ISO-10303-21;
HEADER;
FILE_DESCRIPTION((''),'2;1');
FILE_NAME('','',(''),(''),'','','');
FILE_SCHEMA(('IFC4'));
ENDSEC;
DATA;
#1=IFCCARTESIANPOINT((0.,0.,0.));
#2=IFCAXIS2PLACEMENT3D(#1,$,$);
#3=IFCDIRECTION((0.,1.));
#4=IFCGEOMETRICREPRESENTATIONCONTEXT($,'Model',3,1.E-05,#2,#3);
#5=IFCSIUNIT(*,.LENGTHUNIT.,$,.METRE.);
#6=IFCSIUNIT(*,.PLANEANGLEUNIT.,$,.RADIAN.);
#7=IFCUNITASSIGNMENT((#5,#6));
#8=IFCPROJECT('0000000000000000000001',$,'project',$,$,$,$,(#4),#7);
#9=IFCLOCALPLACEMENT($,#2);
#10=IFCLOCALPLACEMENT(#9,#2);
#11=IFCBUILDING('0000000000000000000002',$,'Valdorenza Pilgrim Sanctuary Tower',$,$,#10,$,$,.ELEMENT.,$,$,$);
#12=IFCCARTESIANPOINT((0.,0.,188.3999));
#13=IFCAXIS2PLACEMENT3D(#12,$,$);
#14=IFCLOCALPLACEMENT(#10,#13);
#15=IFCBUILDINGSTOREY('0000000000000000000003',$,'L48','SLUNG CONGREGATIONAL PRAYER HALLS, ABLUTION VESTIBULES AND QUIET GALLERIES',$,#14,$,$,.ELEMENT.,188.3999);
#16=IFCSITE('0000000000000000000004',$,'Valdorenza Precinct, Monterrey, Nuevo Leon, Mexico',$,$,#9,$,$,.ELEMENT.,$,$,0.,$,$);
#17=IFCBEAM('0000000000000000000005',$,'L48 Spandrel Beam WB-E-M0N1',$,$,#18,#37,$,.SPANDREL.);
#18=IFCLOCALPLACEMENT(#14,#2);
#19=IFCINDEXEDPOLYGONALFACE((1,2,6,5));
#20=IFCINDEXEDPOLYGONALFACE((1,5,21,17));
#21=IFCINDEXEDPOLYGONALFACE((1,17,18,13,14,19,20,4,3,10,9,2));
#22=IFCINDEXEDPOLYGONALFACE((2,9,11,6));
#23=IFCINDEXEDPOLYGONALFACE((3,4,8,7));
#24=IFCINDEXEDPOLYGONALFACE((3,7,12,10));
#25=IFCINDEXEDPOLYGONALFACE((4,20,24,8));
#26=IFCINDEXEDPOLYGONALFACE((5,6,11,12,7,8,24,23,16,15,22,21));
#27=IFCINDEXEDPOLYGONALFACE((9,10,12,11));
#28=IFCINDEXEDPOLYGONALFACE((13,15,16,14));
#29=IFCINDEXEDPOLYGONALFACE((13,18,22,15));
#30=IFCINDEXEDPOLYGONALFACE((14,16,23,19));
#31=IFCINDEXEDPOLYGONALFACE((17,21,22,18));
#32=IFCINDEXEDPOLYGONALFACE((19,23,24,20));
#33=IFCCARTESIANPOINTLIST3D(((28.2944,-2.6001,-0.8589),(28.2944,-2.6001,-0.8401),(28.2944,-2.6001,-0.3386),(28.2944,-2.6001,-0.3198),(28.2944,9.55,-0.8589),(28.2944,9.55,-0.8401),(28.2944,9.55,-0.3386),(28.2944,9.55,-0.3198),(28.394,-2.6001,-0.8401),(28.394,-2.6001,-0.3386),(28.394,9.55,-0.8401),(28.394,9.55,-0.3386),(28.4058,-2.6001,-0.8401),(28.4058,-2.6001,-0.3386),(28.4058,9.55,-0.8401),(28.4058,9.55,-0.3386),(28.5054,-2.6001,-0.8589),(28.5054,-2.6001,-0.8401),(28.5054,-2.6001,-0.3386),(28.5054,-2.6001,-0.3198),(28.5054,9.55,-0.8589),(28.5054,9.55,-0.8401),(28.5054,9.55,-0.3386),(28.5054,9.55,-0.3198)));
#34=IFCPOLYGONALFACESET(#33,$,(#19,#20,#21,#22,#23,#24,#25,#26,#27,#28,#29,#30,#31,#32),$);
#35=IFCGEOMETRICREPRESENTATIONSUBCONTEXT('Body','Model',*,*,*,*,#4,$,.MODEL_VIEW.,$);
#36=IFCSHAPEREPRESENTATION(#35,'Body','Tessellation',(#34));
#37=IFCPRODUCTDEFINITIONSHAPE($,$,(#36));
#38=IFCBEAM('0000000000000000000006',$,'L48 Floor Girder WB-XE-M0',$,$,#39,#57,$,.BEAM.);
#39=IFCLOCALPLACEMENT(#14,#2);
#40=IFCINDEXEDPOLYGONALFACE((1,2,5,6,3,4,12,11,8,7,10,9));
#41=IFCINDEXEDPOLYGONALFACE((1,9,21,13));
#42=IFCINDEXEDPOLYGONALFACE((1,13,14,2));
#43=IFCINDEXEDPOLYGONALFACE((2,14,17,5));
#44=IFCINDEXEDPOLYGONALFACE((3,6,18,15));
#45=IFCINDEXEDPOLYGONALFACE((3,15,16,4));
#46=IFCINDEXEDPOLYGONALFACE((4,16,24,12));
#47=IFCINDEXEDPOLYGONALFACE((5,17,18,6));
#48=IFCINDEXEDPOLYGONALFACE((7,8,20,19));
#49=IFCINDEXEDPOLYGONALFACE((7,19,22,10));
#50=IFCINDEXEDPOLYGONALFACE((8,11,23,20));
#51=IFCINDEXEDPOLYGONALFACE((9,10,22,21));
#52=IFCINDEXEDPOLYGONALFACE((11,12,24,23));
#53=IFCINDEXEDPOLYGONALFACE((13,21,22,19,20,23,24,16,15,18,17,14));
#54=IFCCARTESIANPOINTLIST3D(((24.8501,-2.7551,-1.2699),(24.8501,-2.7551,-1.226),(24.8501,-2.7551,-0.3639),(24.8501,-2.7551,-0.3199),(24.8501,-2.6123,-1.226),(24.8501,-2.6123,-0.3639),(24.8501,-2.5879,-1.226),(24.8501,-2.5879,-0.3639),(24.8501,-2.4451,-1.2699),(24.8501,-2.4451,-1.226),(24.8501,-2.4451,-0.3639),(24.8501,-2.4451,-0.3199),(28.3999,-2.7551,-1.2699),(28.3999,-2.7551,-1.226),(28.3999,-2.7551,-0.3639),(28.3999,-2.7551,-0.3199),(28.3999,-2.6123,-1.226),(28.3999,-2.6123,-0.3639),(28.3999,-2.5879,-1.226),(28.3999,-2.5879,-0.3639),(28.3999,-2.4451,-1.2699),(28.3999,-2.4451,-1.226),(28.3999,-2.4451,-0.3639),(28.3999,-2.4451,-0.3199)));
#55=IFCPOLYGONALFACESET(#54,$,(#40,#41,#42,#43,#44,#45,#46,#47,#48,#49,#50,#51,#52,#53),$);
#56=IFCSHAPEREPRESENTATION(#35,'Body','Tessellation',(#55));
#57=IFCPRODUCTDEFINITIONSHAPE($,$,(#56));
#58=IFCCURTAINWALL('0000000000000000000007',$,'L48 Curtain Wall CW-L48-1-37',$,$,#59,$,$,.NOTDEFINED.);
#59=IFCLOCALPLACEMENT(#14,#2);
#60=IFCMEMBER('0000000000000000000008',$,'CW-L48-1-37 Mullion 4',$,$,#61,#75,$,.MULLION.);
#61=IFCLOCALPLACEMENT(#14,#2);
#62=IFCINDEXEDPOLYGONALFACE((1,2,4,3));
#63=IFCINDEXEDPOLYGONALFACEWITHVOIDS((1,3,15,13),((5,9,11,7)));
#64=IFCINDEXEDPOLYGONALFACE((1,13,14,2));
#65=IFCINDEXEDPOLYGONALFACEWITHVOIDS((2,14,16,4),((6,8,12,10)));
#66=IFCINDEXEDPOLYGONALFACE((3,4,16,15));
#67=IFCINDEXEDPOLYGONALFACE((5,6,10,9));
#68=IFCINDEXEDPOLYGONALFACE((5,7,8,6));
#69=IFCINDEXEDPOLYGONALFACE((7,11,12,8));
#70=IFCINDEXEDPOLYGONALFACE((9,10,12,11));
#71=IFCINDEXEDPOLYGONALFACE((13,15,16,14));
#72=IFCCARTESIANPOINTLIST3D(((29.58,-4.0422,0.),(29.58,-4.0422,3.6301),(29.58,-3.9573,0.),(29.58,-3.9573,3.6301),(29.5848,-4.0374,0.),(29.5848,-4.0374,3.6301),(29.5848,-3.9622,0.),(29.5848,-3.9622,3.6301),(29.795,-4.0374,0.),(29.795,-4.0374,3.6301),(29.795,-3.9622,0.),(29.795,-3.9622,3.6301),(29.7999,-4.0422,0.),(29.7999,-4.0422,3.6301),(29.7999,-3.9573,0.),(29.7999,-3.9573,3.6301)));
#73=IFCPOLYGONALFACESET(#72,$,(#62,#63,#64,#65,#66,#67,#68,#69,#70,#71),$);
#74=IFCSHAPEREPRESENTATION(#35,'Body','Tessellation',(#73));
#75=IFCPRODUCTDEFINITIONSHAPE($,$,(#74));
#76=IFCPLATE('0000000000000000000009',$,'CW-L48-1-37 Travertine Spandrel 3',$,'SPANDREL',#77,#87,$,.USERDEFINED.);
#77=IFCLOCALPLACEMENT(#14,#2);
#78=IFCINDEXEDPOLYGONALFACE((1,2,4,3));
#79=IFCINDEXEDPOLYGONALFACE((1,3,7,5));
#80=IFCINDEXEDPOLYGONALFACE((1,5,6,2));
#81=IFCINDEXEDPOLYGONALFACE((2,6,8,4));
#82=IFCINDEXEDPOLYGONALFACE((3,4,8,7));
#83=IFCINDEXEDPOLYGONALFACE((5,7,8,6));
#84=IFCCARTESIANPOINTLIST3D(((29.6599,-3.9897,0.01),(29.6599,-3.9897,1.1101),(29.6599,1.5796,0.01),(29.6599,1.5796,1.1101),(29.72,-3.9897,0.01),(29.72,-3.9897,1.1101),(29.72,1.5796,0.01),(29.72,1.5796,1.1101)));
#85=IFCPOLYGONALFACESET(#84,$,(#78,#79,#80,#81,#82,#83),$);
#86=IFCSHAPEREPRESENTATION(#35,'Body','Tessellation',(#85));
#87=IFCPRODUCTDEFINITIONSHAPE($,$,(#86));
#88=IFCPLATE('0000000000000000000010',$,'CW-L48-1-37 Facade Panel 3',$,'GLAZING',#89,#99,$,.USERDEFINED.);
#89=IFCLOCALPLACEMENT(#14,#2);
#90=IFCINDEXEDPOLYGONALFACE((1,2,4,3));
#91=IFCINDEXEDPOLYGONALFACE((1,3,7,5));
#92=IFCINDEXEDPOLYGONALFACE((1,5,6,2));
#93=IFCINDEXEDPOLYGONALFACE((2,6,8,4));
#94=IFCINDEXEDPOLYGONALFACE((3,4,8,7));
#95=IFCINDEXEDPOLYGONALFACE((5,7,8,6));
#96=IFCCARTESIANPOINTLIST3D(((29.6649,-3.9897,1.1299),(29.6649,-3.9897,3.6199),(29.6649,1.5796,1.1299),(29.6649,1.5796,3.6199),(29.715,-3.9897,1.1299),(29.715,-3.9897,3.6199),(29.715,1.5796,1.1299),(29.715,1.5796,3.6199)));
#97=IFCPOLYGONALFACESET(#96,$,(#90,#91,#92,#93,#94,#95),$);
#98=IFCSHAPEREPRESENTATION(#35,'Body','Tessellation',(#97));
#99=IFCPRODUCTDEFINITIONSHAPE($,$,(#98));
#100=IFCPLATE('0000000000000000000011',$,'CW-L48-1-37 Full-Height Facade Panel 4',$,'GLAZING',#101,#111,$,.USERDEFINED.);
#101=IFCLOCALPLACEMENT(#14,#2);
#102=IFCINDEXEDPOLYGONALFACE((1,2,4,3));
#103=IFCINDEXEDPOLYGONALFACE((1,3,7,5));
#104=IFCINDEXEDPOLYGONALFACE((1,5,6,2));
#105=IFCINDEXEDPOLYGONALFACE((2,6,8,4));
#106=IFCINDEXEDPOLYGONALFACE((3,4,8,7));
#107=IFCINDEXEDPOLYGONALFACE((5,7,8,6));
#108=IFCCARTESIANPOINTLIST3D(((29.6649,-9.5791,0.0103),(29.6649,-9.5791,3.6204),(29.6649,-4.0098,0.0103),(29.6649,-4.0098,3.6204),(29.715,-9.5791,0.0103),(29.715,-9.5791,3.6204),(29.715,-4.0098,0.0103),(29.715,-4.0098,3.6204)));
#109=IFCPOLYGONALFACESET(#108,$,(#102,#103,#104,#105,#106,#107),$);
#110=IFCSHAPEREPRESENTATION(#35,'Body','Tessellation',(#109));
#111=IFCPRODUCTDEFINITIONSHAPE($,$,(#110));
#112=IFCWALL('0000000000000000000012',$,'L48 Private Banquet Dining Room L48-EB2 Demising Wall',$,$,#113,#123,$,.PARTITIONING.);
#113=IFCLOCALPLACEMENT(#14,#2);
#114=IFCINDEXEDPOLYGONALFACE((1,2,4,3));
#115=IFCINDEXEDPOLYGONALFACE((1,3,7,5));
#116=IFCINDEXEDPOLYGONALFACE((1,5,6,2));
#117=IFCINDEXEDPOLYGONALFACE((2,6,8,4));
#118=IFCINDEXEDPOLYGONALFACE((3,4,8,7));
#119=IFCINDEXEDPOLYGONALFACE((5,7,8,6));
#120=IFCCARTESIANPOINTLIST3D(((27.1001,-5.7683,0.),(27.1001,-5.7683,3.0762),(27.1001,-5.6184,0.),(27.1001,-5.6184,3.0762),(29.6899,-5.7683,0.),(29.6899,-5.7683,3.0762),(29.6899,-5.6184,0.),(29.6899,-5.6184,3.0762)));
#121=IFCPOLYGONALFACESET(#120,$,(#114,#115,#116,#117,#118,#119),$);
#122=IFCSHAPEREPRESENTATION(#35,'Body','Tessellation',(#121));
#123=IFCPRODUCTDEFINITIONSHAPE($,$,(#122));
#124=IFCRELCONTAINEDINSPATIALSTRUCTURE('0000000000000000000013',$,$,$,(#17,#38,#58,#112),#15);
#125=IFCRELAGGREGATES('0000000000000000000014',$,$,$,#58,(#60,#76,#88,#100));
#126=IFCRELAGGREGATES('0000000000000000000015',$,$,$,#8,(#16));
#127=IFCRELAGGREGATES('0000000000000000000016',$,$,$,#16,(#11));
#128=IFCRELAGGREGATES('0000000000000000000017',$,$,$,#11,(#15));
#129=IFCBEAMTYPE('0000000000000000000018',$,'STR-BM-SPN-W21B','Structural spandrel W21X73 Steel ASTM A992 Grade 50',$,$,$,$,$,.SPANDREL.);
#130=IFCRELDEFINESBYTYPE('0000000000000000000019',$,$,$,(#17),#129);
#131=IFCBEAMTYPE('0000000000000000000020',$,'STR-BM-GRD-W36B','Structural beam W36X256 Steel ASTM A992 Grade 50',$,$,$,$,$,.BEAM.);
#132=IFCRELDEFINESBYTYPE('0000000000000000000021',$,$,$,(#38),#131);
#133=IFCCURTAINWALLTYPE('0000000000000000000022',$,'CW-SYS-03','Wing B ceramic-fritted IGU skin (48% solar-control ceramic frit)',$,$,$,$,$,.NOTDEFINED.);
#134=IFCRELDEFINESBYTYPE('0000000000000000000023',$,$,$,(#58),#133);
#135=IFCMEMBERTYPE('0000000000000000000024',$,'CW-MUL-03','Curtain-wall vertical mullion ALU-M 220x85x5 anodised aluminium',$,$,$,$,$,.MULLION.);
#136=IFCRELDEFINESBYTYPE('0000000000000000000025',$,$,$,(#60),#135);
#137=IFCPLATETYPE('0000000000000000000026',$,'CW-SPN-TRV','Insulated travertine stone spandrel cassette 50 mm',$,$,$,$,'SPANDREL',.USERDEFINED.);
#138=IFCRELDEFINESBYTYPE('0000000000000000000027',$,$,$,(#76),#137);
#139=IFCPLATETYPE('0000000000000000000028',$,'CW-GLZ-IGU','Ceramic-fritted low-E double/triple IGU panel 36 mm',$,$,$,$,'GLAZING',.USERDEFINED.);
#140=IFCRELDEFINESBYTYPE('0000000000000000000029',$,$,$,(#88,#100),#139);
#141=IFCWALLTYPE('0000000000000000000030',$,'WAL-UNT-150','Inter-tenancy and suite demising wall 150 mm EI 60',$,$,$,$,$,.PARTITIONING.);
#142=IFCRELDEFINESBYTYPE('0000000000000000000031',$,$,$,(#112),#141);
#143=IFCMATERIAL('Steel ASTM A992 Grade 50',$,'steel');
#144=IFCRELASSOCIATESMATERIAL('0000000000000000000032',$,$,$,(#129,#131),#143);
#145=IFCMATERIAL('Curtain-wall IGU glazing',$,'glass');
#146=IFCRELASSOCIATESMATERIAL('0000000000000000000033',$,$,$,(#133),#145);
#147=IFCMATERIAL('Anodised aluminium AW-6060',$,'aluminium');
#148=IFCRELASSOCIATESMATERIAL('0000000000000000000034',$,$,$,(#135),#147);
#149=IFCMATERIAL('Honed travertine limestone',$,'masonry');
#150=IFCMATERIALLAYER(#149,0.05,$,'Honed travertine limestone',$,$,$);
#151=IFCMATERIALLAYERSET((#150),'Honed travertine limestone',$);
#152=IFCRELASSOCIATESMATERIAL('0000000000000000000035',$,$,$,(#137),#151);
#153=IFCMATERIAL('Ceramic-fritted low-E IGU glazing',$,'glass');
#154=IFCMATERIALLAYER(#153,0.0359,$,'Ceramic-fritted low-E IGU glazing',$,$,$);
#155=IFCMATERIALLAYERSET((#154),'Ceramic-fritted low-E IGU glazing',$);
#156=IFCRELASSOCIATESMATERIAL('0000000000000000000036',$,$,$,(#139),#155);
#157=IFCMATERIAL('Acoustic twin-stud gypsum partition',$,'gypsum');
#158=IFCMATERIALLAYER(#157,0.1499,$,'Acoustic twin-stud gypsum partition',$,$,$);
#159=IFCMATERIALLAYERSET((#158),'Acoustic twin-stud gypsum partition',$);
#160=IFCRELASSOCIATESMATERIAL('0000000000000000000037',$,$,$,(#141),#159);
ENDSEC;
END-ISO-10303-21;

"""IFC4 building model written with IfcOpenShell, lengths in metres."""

from ifc_helpers import new_model, si_unit, direction, frame, frame_2d, origin, origin_2d, place, context, subcontext, project, spatial, rectangle, hollow_rectangle, i_section, extrude, source, transform, mapped, material, layer, layer_set, material_profile, profile_set, type_object, element, aggregate, save


model = new_model("IFC4")

# Units and contexts
model_context = context("Model", 3, precision=1e-05, world=origin(), true_north=direction((0.0, 1.0)))
body_context = subcontext(model_context, "Body", "Model", "MODEL_VIEW")
ifc_project = project(units=[si_unit("LENGTHUNIT", "METRE"), si_unit("PLANEANGLEUNIT", "RADIAN")], contexts=[model_context])

# Site, building, storey
site_placement = place(None, origin())
site = spatial("IfcSite", under=ifc_project, at=site_placement, Name="Valdorenza Precinct, Monterrey, Nuevo Leon, Mexico", CompositionType="ELEMENT", RefElevation=0.0)
building_placement = place(site_placement, origin())
building = spatial("IfcBuilding", under=site, at=building_placement, Name="Valdorenza Pilgrim Sanctuary Tower", CompositionType="ELEMENT")
storey_placement = place(building_placement, frame((0.0, 0.0, 188.3999)))
storey = spatial("IfcBuildingStorey", under=building, at=storey_placement, Name="L48", Description="SLUNG CONGREGATIONAL PRAYER HALLS, ABLUTION VESTIBULES AND QUIET GALLERIES", CompositionType="ELEMENT", Elevation=188.3999)

# Shared definitions
ifc_material_1 = material(Name="Steel ASTM A992 Grade 50", Category="steel")

# Beams
ifc_material_profile_1 = material_profile(ifc_material_1, i_section(OverallWidth=0.2109, OverallDepth=0.5391, WebThickness=0.0117, FlangeThickness=0.0188, at=origin_2d()), Name="W21X73")
ifc_profile_set_1 = profile_set([ifc_material_profile_1], Name="Steel ASTM A992 Grade 50")
beam_type_1 = type_object("IfcBeamType", Name="STR-BM-SPN-W21B", Description="Structural spandrel W21X73 Steel ASTM A992 Grade 50", PredefinedType="SPANDREL", material=ifc_profile_set_1)
shared_shape_1 = source(origin(), body_context, "Body", "SweptSolid", [
    extrude(i_section(OverallWidth=0.2109, OverallDepth=0.5391, WebThickness=0.0117, FlangeThickness=0.0188, at=origin_2d()), origin(), (0.0, 0.0, 1.0), 12.1501),
])
beam_1_placement = place(storey_placement, frame((28.3999, -2.6001, -0.5894), z_axis=(0.0, 1.0, 0.0), x_axis=(-1.0, 0.0, 0.0)))
element("IfcBeam", 1, at=beam_1_placement, inside=storey, type_object=beam_type_1, Name="L48 Spandrel Beam WB-E-M0N1", PredefinedType="SPANDREL", context=body_context, shape_type="MappedRepresentation", body=[
    mapped(shared_shape_1, transform((0.0, 0.0, 0.0), x_axis=(1.0, 0.0, 0.0), y_axis=(0.0, 1.0, 0.0), z_axis=(0.0, 0.0, 1.0), scale=1.0)),
])
ifc_material_profile_2 = material_profile(ifc_material_1, i_section(OverallWidth=0.3101, OverallDepth=0.95, WebThickness=0.0244, FlangeThickness=0.0439, at=origin_2d()), Name="W36X256")
ifc_profile_set_2 = profile_set([ifc_material_profile_2], Name="Steel ASTM A992 Grade 50")
beam_type_2 = type_object("IfcBeamType", Name="STR-BM-GRD-W36B", Description="Structural beam W36X256 Steel ASTM A992 Grade 50", PredefinedType="BEAM", material=ifc_profile_set_2)
shared_shape_2 = source(origin(), body_context, "Body", "SweptSolid", [
    extrude(i_section(OverallWidth=0.3101, OverallDepth=0.95, WebThickness=0.0244, FlangeThickness=0.0439, at=origin_2d()), origin(), (0.0, 0.0, 1.0), 3.5498),
])
beam_2_placement = place(storey_placement, frame((24.8501, -2.6001, -0.7949), z_axis=(1.0, 0.0, 0.0), x_axis=(0.0, 1.0, 0.0)))
element("IfcBeam", 2, at=beam_2_placement, inside=storey, type_object=beam_type_2, Name="L48 Floor Girder WB-XE-M0", PredefinedType="BEAM", context=body_context, shape_type="MappedRepresentation", body=[
    mapped(shared_shape_2, transform((0.0, 0.0, 0.0), x_axis=(1.0, 0.0, 0.0), y_axis=(0.0, 1.0, 0.0), z_axis=(0.0, 0.0, 1.0), scale=1.0)),
])

# Curtain wall, member, plates
ifc_material_2 = material(Name="Curtain-wall IGU glazing", Category="glass")
curtain_wall_type = type_object("IfcCurtainWallType", Name="CW-SYS-03", Description="Wing B ceramic-fritted IGU skin (48% solar-control ceramic frit)", PredefinedType="NOTDEFINED", material=ifc_material_2)
curtain_wall_placement = place(storey_placement, origin())
curtain_wall = element("IfcCurtainWall", 3, at=curtain_wall_placement, inside=storey, type_object=curtain_wall_type, Name="L48 Curtain Wall CW-L48-1-37", PredefinedType="NOTDEFINED")
ifc_material_3 = material(Name="Anodised aluminium AW-6060", Category="aluminium")
ifc_material_profile_3 = material_profile(ifc_material_3, hollow_rectangle(XDim=0.085, YDim=0.22, WallThickness=0.0049, at=origin_2d()), Name="ALU-M 220x85x5")
ifc_profile_set_3 = profile_set([ifc_material_profile_3], Name="Anodised aluminium AW-6060")
member_type = type_object("IfcMemberType", Name="CW-MUL-03", Description="Curtain-wall vertical mullion ALU-M 220x85x5 anodised aluminium", PredefinedType="MULLION", material=ifc_profile_set_3)
shared_shape_3 = source(origin(), body_context, "Body", "SweptSolid", [
    extrude(hollow_rectangle(XDim=0.085, YDim=0.22, WallThickness=0.0049, at=origin_2d()), origin(), (0.0, 0.0, 1.0), 3.6301),
])
member_placement = place(storey_placement, frame((29.6899, -3.9998, 0.0), z_axis=(0.0, 0.0, 1.0), x_axis=(0.0, -1.0, 0.0)))
member = element("IfcMember", 4, at=member_placement, type_object=member_type, Name="CW-L48-1-37 Mullion 4", PredefinedType="MULLION", context=body_context, shape_type="MappedRepresentation", body=[
    mapped(shared_shape_3, transform((0.0, 0.0, 0.0), x_axis=(1.0, 0.0, 0.0), y_axis=(0.0, 1.0, 0.0), z_axis=(0.0, 0.0, 1.0), scale=1.0)),
])
ifc_material_4 = material(Name="Honed travertine limestone", Category="masonry")
ifc_layer_1 = layer(ifc_material_4, 0.05, Name="Honed travertine limestone")
ifc_layer_set_1 = layer_set([ifc_layer_1], Name="Honed travertine limestone")
plate_type_1 = type_object("IfcPlateType", Name="CW-SPN-TRV", Description="Insulated travertine stone spandrel cassette 50 mm", ElementType="SPANDREL", PredefinedType="USERDEFINED", material=ifc_layer_set_1)
shared_shape_4 = source(origin(), body_context, "Body", "SweptSolid", [
    extrude(rectangle(XDim=5.5693, YDim=0.0601, at=origin_2d()), origin(), (0.0, 0.0, 1.0), 1.1001),
])
plate_1_placement = place(storey_placement, frame((29.6899, -1.2051, 0.01), z_axis=(0.0, 0.0, 1.0), x_axis=(0.0, -1.0, 0.0)))
plate_1 = element("IfcPlate", 5, at=plate_1_placement, type_object=plate_type_1, Name="CW-L48-1-37 Travertine Spandrel 3", ObjectType="SPANDREL", PredefinedType="USERDEFINED", context=body_context, shape_type="MappedRepresentation", body=[
    mapped(shared_shape_4, transform((0.0, 0.0, 0.0), x_axis=(1.0, 0.0, 0.0), y_axis=(0.0, 1.0, 0.0), z_axis=(0.0, 0.0, 1.0), scale=1.0)),
])
ifc_material_5 = material(Name="Ceramic-fritted low-E IGU glazing", Category="glass")
ifc_layer_2 = layer(ifc_material_5, 0.0359, Name="Ceramic-fritted low-E IGU glazing")
ifc_layer_set_2 = layer_set([ifc_layer_2], Name="Ceramic-fritted low-E IGU glazing")
plate_type_2 = type_object("IfcPlateType", Name="CW-GLZ-IGU", Description="Ceramic-fritted low-E double/triple IGU panel 36 mm", ElementType="GLAZING", PredefinedType="USERDEFINED", material=ifc_layer_set_2)
shared_shape_5 = source(origin(), body_context, "Body", "SweptSolid", [
    extrude(rectangle(XDim=5.5693, YDim=0.05, at=origin_2d()), origin(), (0.0, 0.0, 1.0), 2.49),
])
plate_2_placement = place(storey_placement, frame((29.6899, -1.2051, 1.1299), z_axis=(0.0, 0.0, 1.0), x_axis=(0.0, -1.0, 0.0)))
plate_2 = element("IfcPlate", 6, at=plate_2_placement, type_object=plate_type_2, Name="CW-L48-1-37 Facade Panel 3", ObjectType="GLAZING", PredefinedType="USERDEFINED", context=body_context, shape_type="MappedRepresentation", body=[
    mapped(shared_shape_5, transform((0.0, 0.0, 0.0), x_axis=(1.0, 0.0, 0.0), y_axis=(0.0, 1.0, 0.0), z_axis=(0.0, 0.0, 1.0), scale=1.0)),
])
shared_shape_6 = source(origin(), body_context, "Body", "SweptSolid", [
    extrude(rectangle(XDim=5.5693, YDim=0.05, at=origin_2d()), origin(), (0.0, 0.0, 1.0), 3.6101),
])
plate_3_placement = place(storey_placement, frame((29.6899, -6.7944, 0.0103), z_axis=(0.0, 0.0, 1.0), x_axis=(0.0, -1.0, 0.0)))
plate_3 = element("IfcPlate", 7, at=plate_3_placement, type_object=plate_type_2, Name="CW-L48-1-37 Full-Height Facade Panel 4", ObjectType="GLAZING", PredefinedType="USERDEFINED", context=body_context, shape_type="MappedRepresentation", body=[
    mapped(shared_shape_6, transform((0.0, 0.0, 0.0), x_axis=(1.0, 0.0, 0.0), y_axis=(0.0, 1.0, 0.0), z_axis=(0.0, 0.0, 1.0), scale=1.0)),
])
aggregate(curtain_wall, [member, plate_1, plate_2, plate_3])

# Wall
ifc_material_6 = material(Name="Acoustic twin-stud gypsum partition", Category="gypsum")
ifc_layer_3 = layer(ifc_material_6, 0.1499, Name="Acoustic twin-stud gypsum partition")
ifc_layer_set_3 = layer_set([ifc_layer_3], Name="Acoustic twin-stud gypsum partition")
wall_type = type_object("IfcWallType", Name="WAL-UNT-150", Description="Inter-tenancy and suite demising wall 150 mm EI 60", PredefinedType="PARTITIONING", material=ifc_layer_set_3)
wall_placement = place(storey_placement, frame((27.1001, -5.6934, 0.0), z_axis=(0.0, 0.0, 1.0), x_axis=(1.0, 0.0, 0.0)))
element("IfcWall", 8, at=wall_placement, inside=storey, type_object=wall_type, Name="L48 Private Banquet Dining Room L48-EB2 Demising Wall", PredefinedType="PARTITIONING", context=body_context, shape_type="SweptSolid", body=[
    extrude(rectangle(XDim=2.5898, YDim=0.1499, at=frame_2d((1.2949, 0.0))), origin(), (0.0, 0.0, 1.0), 3.0762),
])

save(model, "model.ifc")
